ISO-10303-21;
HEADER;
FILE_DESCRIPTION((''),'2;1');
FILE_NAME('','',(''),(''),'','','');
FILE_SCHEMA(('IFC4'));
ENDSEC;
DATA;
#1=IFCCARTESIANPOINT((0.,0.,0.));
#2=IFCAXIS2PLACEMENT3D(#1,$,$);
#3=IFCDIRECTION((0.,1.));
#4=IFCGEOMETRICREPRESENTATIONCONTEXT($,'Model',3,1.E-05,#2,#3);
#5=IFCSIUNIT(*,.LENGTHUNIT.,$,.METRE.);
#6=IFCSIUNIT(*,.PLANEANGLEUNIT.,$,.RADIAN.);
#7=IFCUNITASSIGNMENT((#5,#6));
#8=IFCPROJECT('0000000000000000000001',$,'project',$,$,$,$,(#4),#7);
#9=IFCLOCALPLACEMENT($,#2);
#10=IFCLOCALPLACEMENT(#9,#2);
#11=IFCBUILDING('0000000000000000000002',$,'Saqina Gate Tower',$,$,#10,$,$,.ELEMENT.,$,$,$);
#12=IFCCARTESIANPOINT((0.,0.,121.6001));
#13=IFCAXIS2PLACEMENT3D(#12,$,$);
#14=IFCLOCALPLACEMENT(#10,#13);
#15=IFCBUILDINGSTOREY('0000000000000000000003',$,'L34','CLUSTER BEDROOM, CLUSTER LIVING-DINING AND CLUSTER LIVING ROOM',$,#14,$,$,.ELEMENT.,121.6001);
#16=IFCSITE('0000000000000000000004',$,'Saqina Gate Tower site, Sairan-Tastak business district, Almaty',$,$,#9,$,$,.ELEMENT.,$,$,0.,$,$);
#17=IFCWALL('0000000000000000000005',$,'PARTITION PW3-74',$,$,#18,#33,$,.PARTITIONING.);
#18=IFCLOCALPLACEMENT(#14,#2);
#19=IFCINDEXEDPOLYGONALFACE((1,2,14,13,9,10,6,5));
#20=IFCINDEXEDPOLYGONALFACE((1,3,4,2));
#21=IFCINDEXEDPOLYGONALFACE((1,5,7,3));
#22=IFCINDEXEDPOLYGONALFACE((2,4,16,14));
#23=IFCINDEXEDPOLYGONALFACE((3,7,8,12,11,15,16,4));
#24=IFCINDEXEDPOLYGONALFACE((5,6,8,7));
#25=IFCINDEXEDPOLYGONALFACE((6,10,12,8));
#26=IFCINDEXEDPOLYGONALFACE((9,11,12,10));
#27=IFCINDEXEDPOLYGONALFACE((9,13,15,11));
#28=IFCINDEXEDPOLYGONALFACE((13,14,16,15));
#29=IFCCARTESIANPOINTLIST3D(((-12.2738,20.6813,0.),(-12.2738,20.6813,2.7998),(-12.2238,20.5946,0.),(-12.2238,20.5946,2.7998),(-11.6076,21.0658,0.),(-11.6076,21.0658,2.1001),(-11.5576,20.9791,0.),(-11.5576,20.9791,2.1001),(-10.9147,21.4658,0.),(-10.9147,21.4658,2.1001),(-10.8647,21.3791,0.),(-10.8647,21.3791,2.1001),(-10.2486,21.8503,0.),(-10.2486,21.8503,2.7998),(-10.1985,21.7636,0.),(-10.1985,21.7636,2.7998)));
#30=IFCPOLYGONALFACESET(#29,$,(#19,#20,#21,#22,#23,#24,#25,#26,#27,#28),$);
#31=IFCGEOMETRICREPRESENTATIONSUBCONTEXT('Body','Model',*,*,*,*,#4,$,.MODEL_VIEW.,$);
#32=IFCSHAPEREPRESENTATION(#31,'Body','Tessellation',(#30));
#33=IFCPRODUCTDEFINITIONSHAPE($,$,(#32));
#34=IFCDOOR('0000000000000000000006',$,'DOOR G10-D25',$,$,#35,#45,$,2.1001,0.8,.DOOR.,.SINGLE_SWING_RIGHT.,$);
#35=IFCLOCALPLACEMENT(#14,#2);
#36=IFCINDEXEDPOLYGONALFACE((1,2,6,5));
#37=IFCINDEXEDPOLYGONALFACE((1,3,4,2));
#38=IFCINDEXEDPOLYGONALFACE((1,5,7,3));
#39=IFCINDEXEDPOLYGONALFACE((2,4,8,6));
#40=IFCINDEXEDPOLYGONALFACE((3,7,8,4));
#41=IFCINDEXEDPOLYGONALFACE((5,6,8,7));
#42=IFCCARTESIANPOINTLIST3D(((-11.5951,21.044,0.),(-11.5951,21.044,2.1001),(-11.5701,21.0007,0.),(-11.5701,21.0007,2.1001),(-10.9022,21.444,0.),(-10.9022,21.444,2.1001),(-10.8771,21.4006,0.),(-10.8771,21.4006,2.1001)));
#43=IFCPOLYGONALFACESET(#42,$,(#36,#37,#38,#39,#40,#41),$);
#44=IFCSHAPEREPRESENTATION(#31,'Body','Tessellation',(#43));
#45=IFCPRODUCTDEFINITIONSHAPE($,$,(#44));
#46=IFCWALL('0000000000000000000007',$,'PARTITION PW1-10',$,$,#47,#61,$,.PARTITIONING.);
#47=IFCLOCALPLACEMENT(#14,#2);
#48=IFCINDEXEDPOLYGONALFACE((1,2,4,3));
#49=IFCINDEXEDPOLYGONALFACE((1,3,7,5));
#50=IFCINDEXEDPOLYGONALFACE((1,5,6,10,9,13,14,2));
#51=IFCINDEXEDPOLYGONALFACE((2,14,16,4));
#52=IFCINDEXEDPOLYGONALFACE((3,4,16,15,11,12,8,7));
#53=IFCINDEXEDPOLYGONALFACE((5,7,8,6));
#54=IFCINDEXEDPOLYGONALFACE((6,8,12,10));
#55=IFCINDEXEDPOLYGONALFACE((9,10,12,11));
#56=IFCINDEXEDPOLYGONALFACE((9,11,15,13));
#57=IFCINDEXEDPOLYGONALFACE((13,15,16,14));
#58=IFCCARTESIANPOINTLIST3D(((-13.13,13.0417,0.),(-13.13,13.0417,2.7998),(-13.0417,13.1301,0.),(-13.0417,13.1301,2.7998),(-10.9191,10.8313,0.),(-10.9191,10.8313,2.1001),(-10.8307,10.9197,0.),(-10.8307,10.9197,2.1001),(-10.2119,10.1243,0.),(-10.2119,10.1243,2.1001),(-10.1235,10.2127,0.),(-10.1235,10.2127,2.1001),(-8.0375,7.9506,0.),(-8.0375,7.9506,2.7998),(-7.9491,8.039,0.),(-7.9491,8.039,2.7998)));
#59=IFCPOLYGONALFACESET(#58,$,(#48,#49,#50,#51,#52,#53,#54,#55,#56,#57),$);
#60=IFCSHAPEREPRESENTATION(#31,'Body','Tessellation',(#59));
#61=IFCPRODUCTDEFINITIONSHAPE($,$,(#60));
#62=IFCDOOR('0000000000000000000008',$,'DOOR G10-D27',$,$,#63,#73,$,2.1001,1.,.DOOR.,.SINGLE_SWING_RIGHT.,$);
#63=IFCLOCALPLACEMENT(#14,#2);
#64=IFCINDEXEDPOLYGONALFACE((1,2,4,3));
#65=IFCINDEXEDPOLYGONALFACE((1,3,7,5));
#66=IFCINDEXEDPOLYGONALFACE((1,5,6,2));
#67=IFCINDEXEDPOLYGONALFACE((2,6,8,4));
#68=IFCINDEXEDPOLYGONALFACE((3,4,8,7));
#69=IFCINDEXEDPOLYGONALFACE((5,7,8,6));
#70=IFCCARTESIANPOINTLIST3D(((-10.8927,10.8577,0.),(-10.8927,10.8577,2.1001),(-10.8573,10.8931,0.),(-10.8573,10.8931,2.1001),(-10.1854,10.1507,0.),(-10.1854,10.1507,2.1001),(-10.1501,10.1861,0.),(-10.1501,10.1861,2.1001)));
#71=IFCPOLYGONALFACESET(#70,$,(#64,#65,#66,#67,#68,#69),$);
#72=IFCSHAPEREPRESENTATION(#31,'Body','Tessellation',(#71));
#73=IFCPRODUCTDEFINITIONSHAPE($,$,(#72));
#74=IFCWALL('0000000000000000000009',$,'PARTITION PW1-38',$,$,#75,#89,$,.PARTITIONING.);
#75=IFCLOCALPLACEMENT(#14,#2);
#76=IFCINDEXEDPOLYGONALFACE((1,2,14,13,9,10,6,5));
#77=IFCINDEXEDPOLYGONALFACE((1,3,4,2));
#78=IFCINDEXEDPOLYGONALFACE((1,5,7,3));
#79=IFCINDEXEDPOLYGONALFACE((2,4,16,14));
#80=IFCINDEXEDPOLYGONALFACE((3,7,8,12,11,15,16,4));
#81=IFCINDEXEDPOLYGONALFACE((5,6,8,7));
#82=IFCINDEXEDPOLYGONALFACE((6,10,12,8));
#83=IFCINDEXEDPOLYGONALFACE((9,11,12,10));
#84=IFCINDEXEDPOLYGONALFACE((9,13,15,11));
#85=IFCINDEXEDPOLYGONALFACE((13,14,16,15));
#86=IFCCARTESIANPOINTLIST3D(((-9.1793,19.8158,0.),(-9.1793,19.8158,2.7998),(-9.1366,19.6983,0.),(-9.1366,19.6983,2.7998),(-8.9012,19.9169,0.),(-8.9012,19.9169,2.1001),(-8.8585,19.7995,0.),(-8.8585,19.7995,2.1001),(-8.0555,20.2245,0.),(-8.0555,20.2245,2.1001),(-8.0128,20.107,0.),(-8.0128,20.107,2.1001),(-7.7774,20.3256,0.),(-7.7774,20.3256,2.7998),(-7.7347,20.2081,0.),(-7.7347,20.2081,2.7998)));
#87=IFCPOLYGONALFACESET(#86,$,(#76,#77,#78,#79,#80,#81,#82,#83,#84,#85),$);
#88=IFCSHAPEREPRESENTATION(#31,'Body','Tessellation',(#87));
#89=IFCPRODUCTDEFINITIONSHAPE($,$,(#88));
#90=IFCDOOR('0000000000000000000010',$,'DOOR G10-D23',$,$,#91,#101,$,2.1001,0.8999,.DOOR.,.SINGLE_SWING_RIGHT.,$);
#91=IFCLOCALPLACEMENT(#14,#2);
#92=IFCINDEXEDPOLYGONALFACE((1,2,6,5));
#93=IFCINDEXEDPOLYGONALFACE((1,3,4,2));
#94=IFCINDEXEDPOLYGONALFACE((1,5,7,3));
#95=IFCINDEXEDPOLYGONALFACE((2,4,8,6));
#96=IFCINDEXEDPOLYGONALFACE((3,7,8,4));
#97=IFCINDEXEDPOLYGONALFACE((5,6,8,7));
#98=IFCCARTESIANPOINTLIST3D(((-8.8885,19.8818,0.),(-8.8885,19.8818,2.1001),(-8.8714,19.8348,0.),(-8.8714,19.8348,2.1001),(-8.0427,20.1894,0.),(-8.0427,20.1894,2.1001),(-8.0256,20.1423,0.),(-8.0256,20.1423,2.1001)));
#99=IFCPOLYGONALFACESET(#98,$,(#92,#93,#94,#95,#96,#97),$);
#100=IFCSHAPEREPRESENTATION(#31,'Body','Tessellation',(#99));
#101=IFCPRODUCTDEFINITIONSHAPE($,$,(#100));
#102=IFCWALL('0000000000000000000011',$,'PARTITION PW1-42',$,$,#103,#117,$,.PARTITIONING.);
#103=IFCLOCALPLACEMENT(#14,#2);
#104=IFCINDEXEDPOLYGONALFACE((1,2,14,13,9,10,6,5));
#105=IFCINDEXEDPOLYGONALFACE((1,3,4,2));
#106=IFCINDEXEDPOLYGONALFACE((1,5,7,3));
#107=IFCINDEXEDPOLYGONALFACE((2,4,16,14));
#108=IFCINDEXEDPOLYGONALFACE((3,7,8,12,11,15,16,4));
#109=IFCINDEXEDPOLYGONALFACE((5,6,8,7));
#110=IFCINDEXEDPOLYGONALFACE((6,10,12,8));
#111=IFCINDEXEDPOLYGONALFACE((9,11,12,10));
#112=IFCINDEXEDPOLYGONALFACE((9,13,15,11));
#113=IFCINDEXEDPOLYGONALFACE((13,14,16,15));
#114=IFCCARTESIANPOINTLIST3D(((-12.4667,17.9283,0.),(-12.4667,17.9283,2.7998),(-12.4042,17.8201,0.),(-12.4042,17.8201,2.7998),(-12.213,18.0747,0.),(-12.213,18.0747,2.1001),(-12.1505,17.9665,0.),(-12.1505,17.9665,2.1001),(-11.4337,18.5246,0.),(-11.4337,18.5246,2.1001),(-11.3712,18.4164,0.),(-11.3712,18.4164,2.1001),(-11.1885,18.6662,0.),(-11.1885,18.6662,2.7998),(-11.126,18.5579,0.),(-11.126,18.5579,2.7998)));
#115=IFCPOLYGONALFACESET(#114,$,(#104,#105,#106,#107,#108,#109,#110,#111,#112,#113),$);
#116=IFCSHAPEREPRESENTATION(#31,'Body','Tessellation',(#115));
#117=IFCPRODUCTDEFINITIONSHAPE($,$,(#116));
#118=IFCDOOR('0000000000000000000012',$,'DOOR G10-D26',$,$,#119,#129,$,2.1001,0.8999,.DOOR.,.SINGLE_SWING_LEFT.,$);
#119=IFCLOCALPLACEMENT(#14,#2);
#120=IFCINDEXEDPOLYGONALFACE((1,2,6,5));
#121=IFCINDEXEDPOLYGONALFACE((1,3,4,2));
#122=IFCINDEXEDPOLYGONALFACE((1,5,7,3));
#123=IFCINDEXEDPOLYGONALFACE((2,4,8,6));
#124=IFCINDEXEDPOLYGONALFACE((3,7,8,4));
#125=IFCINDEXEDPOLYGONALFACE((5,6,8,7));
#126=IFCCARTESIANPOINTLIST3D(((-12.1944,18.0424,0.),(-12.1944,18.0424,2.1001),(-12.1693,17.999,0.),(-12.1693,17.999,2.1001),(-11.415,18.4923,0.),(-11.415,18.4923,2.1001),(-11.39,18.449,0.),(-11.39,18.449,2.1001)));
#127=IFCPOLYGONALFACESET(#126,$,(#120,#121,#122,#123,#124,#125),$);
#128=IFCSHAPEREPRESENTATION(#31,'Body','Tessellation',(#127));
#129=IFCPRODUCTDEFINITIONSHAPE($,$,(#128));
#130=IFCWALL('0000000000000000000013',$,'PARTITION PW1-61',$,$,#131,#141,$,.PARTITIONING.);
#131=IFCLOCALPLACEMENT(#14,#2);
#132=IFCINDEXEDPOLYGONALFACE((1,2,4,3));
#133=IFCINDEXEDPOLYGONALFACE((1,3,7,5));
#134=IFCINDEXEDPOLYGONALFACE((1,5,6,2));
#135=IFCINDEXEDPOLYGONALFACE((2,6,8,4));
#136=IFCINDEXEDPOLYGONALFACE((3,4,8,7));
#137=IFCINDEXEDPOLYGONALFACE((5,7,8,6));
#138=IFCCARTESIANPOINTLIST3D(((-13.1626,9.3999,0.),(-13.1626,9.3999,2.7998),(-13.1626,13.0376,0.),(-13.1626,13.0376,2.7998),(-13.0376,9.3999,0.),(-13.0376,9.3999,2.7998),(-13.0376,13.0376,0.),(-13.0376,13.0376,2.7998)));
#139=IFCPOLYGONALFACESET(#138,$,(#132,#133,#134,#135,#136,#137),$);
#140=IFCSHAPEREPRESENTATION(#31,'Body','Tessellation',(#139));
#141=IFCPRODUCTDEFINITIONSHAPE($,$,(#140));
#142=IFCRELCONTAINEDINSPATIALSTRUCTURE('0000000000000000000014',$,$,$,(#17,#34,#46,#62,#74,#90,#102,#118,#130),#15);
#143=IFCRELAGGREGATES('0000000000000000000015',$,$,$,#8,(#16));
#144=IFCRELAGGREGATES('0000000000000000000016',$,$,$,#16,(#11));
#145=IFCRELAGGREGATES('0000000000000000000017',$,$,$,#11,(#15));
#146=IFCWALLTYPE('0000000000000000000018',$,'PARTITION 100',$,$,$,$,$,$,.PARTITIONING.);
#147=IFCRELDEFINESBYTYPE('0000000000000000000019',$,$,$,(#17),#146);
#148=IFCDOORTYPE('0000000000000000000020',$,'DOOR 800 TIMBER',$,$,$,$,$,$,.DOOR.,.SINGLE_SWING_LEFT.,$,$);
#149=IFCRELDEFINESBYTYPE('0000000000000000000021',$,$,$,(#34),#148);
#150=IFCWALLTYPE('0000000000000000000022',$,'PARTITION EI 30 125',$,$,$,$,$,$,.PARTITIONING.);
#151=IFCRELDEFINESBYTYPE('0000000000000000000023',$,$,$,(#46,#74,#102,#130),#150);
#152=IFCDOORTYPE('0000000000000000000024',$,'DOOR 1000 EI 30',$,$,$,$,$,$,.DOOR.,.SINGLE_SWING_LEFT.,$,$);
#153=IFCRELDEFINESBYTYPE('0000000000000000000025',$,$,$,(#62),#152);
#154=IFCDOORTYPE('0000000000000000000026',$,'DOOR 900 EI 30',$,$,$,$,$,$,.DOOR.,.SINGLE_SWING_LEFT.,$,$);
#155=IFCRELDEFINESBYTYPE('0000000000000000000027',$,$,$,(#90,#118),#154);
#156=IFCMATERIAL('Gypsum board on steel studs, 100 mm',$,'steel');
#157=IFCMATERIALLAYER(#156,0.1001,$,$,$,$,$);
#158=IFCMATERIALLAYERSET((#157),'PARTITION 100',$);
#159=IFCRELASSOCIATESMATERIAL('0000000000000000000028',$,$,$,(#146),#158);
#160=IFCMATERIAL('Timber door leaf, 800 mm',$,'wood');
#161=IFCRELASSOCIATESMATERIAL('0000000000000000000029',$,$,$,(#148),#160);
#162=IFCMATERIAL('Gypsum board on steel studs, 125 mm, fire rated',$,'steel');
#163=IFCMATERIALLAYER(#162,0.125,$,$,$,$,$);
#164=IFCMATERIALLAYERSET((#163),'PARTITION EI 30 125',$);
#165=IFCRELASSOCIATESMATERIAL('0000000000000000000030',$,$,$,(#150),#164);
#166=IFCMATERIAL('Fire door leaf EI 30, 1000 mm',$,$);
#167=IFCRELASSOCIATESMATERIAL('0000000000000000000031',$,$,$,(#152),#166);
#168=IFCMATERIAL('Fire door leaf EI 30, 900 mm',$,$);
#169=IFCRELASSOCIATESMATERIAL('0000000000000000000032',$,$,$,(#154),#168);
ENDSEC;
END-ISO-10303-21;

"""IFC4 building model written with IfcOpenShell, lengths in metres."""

from ifc_helpers import new_model, si_unit, direction, frame, frame_2d, origin, place, context, subcontext, project, spatial, rectangle, extrude, material, layer, layer_set, type_object, element, fill, save


model = new_model("IFC4")

# Units and contexts
model_context = context("Model", 3, precision=1e-05, world=origin(), true_north=direction((0.0, 1.0)))
body_context = subcontext(model_context, "Body", "Model", "MODEL_VIEW")
ifc_project = project(units=[si_unit("LENGTHUNIT", "METRE"), si_unit("PLANEANGLEUNIT", "RADIAN")], contexts=[model_context])

# Site, building, storey
site_placement = place(None, origin())
site = spatial("IfcSite", under=ifc_project, at=site_placement, Name="Saqina Gate Tower site, Sairan-Tastak business district, Almaty", CompositionType="ELEMENT", RefElevation=0.0)
building_placement = place(site_placement, origin())
building = spatial("IfcBuilding", under=site, at=building_placement, Name="Saqina Gate Tower", CompositionType="ELEMENT")
storey_placement = place(building_placement, frame((0.0, 0.0, 121.6001)))
storey = spatial("IfcBuildingStorey", under=building, at=storey_placement, Name="L34", Description="CLUSTER BEDROOM, CLUSTER LIVING-DINING AND CLUSTER LIVING ROOM", CompositionType="ELEMENT", Elevation=121.6001)

# Shared definitions
ifc_material_1 = material(Name="Gypsum board on steel studs, 100 mm", Category="steel")
ifc_layer_1 = layer(ifc_material_1, 0.1001)
ifc_layer_set_1 = layer_set([ifc_layer_1], Name="PARTITION 100")
wall_type_1 = type_object("IfcWallType", Name="PARTITION 100", PredefinedType="PARTITIONING", material=ifc_layer_set_1)

# Shared definitions
ifc_material_2 = material(Name="Timber door leaf, 800 mm", Category="wood")
door_type_1 = type_object("IfcDoorType", Name="DOOR 800 TIMBER", OperationType="SINGLE_SWING_LEFT", PredefinedType="DOOR", material=ifc_material_2)

# Walls, openings, doors
wall_1_placement = place(storey_placement, frame((-12.2488, 20.6379, 0.0), z_axis=(0.0, 0.0, 1.0), x_axis=(0.866076, 0.499912, 0.0)))
wall_1 = element("IfcWall", 1, at=wall_1_placement, inside=storey, type_object=wall_type_1, Name="PARTITION PW3-74", PredefinedType="PARTITIONING", context=body_context, shape_type="SweptSolid", body=[
    extrude(rectangle(XDim=2.3384, YDim=0.1001, at=frame_2d((1.1692, 0.0))), origin(), (0.0, 0.0, 1.0), 2.7998),
])
opening_1_placement = place(wall_1_placement, frame((0.7693, 0.0, 0.0)))
opening_1 = element("IfcOpeningElement", 2, at=opening_1_placement, cuts=wall_1, PredefinedType="OPENING", context=body_context, shape_type="SweptSolid", body=[
    extrude(rectangle(XDim=0.8, YDim=2.1001, at=frame_2d((0.3999, 1.05))), frame((0.0, 0.062, 0.0), z_axis=(0.0, -1.0, 0.0), x_axis=(1.0, 0.0, 0.0)), (0.0, 0.0, 1.0), 0.124),
])
door_1_placement = place(opening_1_placement, origin())
door_1 = element("IfcDoor", 3, at=door_1_placement, inside=storey, type_object=door_type_1, Name="DOOR G10-D25", OperationType="SINGLE_SWING_RIGHT", OverallHeight=2.1001, OverallWidth=0.8, PredefinedType="DOOR", context=body_context, shape_type="SweptSolid", body=[
    extrude(rectangle(XDim=0.8, YDim=2.1001, at=frame_2d((0.3999, 1.05))), frame((0.0, 0.0249, 0.0), z_axis=(0.0, -1.0, 0.0), x_axis=(1.0, 0.0, 0.0)), (0.0, 0.0, 1.0), 0.05),
])
fill(opening_1, door_1)
ifc_material_3 = material(Name="Gypsum board on steel studs, 125 mm, fire rated", Category="steel")
ifc_layer_2 = layer(ifc_material_3, 0.125)
ifc_layer_set_2 = layer_set([ifc_layer_2], Name="PARTITION EI 30 125")
wall_type_2 = type_object("IfcWallType", Name="PARTITION EI 30 125", PredefinedType="PARTITIONING", material=ifc_layer_set_2)
wall_2_placement = place(storey_placement, frame((-13.0859, 13.0859, 0.0), z_axis=(0.0, 0.0, 1.0), x_axis=(0.707208, -0.707005, 0.0)))
wall_2 = element("IfcWall", 4, at=wall_2_placement, inside=storey, type_object=wall_type_2, Name="PARTITION PW1-10", PredefinedType="PARTITIONING", context=body_context, shape_type="SweptSolid", body=[
    extrude(rectangle(XDim=7.2009, YDim=0.125, at=frame_2d((3.6006, 0.0))), origin(), (0.0, 0.0, 1.0), 2.7998),
])
opening_2_placement = place(wall_2_placement, frame((3.1265, 0.0, 0.0)))
opening_2 = element("IfcOpeningElement", 5, at=opening_2_placement, cuts=wall_2, PredefinedType="OPENING", context=body_context, shape_type="SweptSolid", body=[
    extrude(rectangle(XDim=1.0, YDim=2.1001, at=frame_2d((0.5, 1.05))), frame((0.0, 0.0745, 0.0), z_axis=(0.0, -1.0, 0.0), x_axis=(1.0, 0.0, 0.0)), (0.0, 0.0, 1.0), 0.1489),
])
ifc_material_4 = material(Name="Fire door leaf EI 30, 1000 mm")
door_type_2 = type_object("IfcDoorType", Name="DOOR 1000 EI 30", OperationType="SINGLE_SWING_LEFT", PredefinedType="DOOR", material=ifc_material_4)
door_2_placement = place(opening_2_placement, origin())
door_2 = element("IfcDoor", 6, at=door_2_placement, inside=storey, type_object=door_type_2, Name="DOOR G10-D27", OperationType="SINGLE_SWING_RIGHT", OverallHeight=2.1001, OverallWidth=1.0, PredefinedType="DOOR", context=body_context, shape_type="SweptSolid", body=[
    extrude(rectangle(XDim=1.0, YDim=2.1001, at=frame_2d((0.5, 1.05))), frame((0.0, 0.0249, 0.0), z_axis=(0.0, -1.0, 0.0), x_axis=(1.0, 0.0, 0.0)), (0.0, 0.0, 1.0), 0.05),
])
fill(opening_2, door_2)
wall_3_placement = place(storey_placement, frame((-9.158, 19.7571, 0.0), z_axis=(0.0, 0.0, 1.0), x_axis=(0.939793, 0.341743, 0.0)))
wall_3 = element("IfcWall", 7, at=wall_3_placement, inside=storey, type_object=wall_type_2, Name="PARTITION PW1-38", PredefinedType="PARTITIONING", context=body_context, shape_type="SweptSolid", body=[
    extrude(rectangle(XDim=1.4917, YDim=0.125, at=frame_2d((0.7458, 0.0))), origin(), (0.0, 0.0, 1.0), 2.7998),
])
opening_3_placement = place(wall_3_placement, frame((0.2959, 0.0, 0.0)))
opening_3 = element("IfcOpeningElement", 8, at=opening_3_placement, cuts=wall_3, PredefinedType="OPENING", context=body_context, shape_type="SweptSolid", body=[
    extrude(rectangle(XDim=0.8999, YDim=2.1001, at=frame_2d((0.45, 1.05))), frame((0.0, 0.0745, 0.0), z_axis=(0.0, -1.0, 0.0), x_axis=(1.0, 0.0, 0.0)), (0.0, 0.0, 1.0), 0.1489),
])
ifc_material_5 = material(Name="Fire door leaf EI 30, 900 mm")
door_type_3 = type_object("IfcDoorType", Name="DOOR 900 EI 30", OperationType="SINGLE_SWING_LEFT", PredefinedType="DOOR", material=ifc_material_5)
door_3_placement = place(opening_3_placement, frame((0.8999, 0.0, 0.0), z_axis=(0.0, 0.0, 1.0), x_axis=(-1.0, 0.0, 0.0)))
door_3 = element("IfcDoor", 9, at=door_3_placement, inside=storey, type_object=door_type_3, Name="DOOR G10-D23", OperationType="SINGLE_SWING_RIGHT", OverallHeight=2.1001, OverallWidth=0.8999, PredefinedType="DOOR", context=body_context, shape_type="SweptSolid", body=[
    extrude(rectangle(XDim=0.8999, YDim=2.1001, at=frame_2d((0.45, 1.05))), frame((0.0, 0.0249, 0.0), z_axis=(0.0, -1.0, 0.0), x_axis=(1.0, 0.0, 0.0)), (0.0, 0.0, 1.0), 0.05),
])
fill(opening_3, door_3)
wall_4_placement = place(storey_placement, frame((-12.4353, 17.8743, 0.0), z_axis=(0.0, 0.0, 1.0), x_axis=(0.866056, 0.499947, 0.0)))
wall_4 = element("IfcWall", 10, at=wall_4_placement, inside=storey, type_object=wall_type_2, Name="PARTITION PW1-42", PredefinedType="PARTITIONING", context=body_context, shape_type="SweptSolid", body=[
    extrude(rectangle(XDim=1.4758, YDim=0.125, at=frame_2d((0.7378, 0.0))), origin(), (0.0, 0.0, 1.0), 2.7998),
])
opening_4_placement = place(wall_4_placement, frame((0.2927, 0.0, 0.0)))
opening_4 = element("IfcOpeningElement", 11, at=opening_4_placement, cuts=wall_4, PredefinedType="OPENING", context=body_context, shape_type="SweptSolid", body=[
    extrude(rectangle(XDim=0.8999, YDim=2.1001, at=frame_2d((0.45, 1.05))), frame((0.0, 0.0745, 0.0), z_axis=(0.0, -1.0, 0.0), x_axis=(1.0, 0.0, 0.0)), (0.0, 0.0, 1.0), 0.1489),
])
door_4_placement = place(opening_4_placement, frame((0.8999, 0.0, 0.0), z_axis=(0.0, 0.0, 1.0), x_axis=(-1.0, 0.0, 0.0)))
door_4 = element("IfcDoor", 12, at=door_4_placement, inside=storey, type_object=door_type_3, Name="DOOR G10-D26", OperationType="SINGLE_SWING_LEFT", OverallHeight=2.1001, OverallWidth=0.8999, PredefinedType="DOOR", context=body_context, shape_type="SweptSolid", body=[
    extrude(rectangle(XDim=0.8999, YDim=2.1001, at=frame_2d((0.45, 1.05))), frame((0.0, 0.0249, 0.0), z_axis=(0.0, -1.0, 0.0), x_axis=(1.0, 0.0, 0.0)), (0.0, 0.0, 1.0), 0.05),
])
fill(opening_4, door_4)

# Wall
wall_5_placement = place(storey_placement, frame((-13.1001, 9.3999, 0.0), z_axis=(0.0, 0.0, 1.0), x_axis=(0.0, 1.0, 0.0)))
element("IfcWall", 13, at=wall_5_placement, inside=storey, type_object=wall_type_2, Name="PARTITION PW1-61", PredefinedType="PARTITIONING", context=body_context, shape_type="SweptSolid", body=[
    extrude(rectangle(XDim=3.6377, YDim=0.125, at=frame_2d((1.8188, 0.0))), origin(), (0.0, 0.0, 1.0), 2.7998),
])

save(model, "model.ifc")
